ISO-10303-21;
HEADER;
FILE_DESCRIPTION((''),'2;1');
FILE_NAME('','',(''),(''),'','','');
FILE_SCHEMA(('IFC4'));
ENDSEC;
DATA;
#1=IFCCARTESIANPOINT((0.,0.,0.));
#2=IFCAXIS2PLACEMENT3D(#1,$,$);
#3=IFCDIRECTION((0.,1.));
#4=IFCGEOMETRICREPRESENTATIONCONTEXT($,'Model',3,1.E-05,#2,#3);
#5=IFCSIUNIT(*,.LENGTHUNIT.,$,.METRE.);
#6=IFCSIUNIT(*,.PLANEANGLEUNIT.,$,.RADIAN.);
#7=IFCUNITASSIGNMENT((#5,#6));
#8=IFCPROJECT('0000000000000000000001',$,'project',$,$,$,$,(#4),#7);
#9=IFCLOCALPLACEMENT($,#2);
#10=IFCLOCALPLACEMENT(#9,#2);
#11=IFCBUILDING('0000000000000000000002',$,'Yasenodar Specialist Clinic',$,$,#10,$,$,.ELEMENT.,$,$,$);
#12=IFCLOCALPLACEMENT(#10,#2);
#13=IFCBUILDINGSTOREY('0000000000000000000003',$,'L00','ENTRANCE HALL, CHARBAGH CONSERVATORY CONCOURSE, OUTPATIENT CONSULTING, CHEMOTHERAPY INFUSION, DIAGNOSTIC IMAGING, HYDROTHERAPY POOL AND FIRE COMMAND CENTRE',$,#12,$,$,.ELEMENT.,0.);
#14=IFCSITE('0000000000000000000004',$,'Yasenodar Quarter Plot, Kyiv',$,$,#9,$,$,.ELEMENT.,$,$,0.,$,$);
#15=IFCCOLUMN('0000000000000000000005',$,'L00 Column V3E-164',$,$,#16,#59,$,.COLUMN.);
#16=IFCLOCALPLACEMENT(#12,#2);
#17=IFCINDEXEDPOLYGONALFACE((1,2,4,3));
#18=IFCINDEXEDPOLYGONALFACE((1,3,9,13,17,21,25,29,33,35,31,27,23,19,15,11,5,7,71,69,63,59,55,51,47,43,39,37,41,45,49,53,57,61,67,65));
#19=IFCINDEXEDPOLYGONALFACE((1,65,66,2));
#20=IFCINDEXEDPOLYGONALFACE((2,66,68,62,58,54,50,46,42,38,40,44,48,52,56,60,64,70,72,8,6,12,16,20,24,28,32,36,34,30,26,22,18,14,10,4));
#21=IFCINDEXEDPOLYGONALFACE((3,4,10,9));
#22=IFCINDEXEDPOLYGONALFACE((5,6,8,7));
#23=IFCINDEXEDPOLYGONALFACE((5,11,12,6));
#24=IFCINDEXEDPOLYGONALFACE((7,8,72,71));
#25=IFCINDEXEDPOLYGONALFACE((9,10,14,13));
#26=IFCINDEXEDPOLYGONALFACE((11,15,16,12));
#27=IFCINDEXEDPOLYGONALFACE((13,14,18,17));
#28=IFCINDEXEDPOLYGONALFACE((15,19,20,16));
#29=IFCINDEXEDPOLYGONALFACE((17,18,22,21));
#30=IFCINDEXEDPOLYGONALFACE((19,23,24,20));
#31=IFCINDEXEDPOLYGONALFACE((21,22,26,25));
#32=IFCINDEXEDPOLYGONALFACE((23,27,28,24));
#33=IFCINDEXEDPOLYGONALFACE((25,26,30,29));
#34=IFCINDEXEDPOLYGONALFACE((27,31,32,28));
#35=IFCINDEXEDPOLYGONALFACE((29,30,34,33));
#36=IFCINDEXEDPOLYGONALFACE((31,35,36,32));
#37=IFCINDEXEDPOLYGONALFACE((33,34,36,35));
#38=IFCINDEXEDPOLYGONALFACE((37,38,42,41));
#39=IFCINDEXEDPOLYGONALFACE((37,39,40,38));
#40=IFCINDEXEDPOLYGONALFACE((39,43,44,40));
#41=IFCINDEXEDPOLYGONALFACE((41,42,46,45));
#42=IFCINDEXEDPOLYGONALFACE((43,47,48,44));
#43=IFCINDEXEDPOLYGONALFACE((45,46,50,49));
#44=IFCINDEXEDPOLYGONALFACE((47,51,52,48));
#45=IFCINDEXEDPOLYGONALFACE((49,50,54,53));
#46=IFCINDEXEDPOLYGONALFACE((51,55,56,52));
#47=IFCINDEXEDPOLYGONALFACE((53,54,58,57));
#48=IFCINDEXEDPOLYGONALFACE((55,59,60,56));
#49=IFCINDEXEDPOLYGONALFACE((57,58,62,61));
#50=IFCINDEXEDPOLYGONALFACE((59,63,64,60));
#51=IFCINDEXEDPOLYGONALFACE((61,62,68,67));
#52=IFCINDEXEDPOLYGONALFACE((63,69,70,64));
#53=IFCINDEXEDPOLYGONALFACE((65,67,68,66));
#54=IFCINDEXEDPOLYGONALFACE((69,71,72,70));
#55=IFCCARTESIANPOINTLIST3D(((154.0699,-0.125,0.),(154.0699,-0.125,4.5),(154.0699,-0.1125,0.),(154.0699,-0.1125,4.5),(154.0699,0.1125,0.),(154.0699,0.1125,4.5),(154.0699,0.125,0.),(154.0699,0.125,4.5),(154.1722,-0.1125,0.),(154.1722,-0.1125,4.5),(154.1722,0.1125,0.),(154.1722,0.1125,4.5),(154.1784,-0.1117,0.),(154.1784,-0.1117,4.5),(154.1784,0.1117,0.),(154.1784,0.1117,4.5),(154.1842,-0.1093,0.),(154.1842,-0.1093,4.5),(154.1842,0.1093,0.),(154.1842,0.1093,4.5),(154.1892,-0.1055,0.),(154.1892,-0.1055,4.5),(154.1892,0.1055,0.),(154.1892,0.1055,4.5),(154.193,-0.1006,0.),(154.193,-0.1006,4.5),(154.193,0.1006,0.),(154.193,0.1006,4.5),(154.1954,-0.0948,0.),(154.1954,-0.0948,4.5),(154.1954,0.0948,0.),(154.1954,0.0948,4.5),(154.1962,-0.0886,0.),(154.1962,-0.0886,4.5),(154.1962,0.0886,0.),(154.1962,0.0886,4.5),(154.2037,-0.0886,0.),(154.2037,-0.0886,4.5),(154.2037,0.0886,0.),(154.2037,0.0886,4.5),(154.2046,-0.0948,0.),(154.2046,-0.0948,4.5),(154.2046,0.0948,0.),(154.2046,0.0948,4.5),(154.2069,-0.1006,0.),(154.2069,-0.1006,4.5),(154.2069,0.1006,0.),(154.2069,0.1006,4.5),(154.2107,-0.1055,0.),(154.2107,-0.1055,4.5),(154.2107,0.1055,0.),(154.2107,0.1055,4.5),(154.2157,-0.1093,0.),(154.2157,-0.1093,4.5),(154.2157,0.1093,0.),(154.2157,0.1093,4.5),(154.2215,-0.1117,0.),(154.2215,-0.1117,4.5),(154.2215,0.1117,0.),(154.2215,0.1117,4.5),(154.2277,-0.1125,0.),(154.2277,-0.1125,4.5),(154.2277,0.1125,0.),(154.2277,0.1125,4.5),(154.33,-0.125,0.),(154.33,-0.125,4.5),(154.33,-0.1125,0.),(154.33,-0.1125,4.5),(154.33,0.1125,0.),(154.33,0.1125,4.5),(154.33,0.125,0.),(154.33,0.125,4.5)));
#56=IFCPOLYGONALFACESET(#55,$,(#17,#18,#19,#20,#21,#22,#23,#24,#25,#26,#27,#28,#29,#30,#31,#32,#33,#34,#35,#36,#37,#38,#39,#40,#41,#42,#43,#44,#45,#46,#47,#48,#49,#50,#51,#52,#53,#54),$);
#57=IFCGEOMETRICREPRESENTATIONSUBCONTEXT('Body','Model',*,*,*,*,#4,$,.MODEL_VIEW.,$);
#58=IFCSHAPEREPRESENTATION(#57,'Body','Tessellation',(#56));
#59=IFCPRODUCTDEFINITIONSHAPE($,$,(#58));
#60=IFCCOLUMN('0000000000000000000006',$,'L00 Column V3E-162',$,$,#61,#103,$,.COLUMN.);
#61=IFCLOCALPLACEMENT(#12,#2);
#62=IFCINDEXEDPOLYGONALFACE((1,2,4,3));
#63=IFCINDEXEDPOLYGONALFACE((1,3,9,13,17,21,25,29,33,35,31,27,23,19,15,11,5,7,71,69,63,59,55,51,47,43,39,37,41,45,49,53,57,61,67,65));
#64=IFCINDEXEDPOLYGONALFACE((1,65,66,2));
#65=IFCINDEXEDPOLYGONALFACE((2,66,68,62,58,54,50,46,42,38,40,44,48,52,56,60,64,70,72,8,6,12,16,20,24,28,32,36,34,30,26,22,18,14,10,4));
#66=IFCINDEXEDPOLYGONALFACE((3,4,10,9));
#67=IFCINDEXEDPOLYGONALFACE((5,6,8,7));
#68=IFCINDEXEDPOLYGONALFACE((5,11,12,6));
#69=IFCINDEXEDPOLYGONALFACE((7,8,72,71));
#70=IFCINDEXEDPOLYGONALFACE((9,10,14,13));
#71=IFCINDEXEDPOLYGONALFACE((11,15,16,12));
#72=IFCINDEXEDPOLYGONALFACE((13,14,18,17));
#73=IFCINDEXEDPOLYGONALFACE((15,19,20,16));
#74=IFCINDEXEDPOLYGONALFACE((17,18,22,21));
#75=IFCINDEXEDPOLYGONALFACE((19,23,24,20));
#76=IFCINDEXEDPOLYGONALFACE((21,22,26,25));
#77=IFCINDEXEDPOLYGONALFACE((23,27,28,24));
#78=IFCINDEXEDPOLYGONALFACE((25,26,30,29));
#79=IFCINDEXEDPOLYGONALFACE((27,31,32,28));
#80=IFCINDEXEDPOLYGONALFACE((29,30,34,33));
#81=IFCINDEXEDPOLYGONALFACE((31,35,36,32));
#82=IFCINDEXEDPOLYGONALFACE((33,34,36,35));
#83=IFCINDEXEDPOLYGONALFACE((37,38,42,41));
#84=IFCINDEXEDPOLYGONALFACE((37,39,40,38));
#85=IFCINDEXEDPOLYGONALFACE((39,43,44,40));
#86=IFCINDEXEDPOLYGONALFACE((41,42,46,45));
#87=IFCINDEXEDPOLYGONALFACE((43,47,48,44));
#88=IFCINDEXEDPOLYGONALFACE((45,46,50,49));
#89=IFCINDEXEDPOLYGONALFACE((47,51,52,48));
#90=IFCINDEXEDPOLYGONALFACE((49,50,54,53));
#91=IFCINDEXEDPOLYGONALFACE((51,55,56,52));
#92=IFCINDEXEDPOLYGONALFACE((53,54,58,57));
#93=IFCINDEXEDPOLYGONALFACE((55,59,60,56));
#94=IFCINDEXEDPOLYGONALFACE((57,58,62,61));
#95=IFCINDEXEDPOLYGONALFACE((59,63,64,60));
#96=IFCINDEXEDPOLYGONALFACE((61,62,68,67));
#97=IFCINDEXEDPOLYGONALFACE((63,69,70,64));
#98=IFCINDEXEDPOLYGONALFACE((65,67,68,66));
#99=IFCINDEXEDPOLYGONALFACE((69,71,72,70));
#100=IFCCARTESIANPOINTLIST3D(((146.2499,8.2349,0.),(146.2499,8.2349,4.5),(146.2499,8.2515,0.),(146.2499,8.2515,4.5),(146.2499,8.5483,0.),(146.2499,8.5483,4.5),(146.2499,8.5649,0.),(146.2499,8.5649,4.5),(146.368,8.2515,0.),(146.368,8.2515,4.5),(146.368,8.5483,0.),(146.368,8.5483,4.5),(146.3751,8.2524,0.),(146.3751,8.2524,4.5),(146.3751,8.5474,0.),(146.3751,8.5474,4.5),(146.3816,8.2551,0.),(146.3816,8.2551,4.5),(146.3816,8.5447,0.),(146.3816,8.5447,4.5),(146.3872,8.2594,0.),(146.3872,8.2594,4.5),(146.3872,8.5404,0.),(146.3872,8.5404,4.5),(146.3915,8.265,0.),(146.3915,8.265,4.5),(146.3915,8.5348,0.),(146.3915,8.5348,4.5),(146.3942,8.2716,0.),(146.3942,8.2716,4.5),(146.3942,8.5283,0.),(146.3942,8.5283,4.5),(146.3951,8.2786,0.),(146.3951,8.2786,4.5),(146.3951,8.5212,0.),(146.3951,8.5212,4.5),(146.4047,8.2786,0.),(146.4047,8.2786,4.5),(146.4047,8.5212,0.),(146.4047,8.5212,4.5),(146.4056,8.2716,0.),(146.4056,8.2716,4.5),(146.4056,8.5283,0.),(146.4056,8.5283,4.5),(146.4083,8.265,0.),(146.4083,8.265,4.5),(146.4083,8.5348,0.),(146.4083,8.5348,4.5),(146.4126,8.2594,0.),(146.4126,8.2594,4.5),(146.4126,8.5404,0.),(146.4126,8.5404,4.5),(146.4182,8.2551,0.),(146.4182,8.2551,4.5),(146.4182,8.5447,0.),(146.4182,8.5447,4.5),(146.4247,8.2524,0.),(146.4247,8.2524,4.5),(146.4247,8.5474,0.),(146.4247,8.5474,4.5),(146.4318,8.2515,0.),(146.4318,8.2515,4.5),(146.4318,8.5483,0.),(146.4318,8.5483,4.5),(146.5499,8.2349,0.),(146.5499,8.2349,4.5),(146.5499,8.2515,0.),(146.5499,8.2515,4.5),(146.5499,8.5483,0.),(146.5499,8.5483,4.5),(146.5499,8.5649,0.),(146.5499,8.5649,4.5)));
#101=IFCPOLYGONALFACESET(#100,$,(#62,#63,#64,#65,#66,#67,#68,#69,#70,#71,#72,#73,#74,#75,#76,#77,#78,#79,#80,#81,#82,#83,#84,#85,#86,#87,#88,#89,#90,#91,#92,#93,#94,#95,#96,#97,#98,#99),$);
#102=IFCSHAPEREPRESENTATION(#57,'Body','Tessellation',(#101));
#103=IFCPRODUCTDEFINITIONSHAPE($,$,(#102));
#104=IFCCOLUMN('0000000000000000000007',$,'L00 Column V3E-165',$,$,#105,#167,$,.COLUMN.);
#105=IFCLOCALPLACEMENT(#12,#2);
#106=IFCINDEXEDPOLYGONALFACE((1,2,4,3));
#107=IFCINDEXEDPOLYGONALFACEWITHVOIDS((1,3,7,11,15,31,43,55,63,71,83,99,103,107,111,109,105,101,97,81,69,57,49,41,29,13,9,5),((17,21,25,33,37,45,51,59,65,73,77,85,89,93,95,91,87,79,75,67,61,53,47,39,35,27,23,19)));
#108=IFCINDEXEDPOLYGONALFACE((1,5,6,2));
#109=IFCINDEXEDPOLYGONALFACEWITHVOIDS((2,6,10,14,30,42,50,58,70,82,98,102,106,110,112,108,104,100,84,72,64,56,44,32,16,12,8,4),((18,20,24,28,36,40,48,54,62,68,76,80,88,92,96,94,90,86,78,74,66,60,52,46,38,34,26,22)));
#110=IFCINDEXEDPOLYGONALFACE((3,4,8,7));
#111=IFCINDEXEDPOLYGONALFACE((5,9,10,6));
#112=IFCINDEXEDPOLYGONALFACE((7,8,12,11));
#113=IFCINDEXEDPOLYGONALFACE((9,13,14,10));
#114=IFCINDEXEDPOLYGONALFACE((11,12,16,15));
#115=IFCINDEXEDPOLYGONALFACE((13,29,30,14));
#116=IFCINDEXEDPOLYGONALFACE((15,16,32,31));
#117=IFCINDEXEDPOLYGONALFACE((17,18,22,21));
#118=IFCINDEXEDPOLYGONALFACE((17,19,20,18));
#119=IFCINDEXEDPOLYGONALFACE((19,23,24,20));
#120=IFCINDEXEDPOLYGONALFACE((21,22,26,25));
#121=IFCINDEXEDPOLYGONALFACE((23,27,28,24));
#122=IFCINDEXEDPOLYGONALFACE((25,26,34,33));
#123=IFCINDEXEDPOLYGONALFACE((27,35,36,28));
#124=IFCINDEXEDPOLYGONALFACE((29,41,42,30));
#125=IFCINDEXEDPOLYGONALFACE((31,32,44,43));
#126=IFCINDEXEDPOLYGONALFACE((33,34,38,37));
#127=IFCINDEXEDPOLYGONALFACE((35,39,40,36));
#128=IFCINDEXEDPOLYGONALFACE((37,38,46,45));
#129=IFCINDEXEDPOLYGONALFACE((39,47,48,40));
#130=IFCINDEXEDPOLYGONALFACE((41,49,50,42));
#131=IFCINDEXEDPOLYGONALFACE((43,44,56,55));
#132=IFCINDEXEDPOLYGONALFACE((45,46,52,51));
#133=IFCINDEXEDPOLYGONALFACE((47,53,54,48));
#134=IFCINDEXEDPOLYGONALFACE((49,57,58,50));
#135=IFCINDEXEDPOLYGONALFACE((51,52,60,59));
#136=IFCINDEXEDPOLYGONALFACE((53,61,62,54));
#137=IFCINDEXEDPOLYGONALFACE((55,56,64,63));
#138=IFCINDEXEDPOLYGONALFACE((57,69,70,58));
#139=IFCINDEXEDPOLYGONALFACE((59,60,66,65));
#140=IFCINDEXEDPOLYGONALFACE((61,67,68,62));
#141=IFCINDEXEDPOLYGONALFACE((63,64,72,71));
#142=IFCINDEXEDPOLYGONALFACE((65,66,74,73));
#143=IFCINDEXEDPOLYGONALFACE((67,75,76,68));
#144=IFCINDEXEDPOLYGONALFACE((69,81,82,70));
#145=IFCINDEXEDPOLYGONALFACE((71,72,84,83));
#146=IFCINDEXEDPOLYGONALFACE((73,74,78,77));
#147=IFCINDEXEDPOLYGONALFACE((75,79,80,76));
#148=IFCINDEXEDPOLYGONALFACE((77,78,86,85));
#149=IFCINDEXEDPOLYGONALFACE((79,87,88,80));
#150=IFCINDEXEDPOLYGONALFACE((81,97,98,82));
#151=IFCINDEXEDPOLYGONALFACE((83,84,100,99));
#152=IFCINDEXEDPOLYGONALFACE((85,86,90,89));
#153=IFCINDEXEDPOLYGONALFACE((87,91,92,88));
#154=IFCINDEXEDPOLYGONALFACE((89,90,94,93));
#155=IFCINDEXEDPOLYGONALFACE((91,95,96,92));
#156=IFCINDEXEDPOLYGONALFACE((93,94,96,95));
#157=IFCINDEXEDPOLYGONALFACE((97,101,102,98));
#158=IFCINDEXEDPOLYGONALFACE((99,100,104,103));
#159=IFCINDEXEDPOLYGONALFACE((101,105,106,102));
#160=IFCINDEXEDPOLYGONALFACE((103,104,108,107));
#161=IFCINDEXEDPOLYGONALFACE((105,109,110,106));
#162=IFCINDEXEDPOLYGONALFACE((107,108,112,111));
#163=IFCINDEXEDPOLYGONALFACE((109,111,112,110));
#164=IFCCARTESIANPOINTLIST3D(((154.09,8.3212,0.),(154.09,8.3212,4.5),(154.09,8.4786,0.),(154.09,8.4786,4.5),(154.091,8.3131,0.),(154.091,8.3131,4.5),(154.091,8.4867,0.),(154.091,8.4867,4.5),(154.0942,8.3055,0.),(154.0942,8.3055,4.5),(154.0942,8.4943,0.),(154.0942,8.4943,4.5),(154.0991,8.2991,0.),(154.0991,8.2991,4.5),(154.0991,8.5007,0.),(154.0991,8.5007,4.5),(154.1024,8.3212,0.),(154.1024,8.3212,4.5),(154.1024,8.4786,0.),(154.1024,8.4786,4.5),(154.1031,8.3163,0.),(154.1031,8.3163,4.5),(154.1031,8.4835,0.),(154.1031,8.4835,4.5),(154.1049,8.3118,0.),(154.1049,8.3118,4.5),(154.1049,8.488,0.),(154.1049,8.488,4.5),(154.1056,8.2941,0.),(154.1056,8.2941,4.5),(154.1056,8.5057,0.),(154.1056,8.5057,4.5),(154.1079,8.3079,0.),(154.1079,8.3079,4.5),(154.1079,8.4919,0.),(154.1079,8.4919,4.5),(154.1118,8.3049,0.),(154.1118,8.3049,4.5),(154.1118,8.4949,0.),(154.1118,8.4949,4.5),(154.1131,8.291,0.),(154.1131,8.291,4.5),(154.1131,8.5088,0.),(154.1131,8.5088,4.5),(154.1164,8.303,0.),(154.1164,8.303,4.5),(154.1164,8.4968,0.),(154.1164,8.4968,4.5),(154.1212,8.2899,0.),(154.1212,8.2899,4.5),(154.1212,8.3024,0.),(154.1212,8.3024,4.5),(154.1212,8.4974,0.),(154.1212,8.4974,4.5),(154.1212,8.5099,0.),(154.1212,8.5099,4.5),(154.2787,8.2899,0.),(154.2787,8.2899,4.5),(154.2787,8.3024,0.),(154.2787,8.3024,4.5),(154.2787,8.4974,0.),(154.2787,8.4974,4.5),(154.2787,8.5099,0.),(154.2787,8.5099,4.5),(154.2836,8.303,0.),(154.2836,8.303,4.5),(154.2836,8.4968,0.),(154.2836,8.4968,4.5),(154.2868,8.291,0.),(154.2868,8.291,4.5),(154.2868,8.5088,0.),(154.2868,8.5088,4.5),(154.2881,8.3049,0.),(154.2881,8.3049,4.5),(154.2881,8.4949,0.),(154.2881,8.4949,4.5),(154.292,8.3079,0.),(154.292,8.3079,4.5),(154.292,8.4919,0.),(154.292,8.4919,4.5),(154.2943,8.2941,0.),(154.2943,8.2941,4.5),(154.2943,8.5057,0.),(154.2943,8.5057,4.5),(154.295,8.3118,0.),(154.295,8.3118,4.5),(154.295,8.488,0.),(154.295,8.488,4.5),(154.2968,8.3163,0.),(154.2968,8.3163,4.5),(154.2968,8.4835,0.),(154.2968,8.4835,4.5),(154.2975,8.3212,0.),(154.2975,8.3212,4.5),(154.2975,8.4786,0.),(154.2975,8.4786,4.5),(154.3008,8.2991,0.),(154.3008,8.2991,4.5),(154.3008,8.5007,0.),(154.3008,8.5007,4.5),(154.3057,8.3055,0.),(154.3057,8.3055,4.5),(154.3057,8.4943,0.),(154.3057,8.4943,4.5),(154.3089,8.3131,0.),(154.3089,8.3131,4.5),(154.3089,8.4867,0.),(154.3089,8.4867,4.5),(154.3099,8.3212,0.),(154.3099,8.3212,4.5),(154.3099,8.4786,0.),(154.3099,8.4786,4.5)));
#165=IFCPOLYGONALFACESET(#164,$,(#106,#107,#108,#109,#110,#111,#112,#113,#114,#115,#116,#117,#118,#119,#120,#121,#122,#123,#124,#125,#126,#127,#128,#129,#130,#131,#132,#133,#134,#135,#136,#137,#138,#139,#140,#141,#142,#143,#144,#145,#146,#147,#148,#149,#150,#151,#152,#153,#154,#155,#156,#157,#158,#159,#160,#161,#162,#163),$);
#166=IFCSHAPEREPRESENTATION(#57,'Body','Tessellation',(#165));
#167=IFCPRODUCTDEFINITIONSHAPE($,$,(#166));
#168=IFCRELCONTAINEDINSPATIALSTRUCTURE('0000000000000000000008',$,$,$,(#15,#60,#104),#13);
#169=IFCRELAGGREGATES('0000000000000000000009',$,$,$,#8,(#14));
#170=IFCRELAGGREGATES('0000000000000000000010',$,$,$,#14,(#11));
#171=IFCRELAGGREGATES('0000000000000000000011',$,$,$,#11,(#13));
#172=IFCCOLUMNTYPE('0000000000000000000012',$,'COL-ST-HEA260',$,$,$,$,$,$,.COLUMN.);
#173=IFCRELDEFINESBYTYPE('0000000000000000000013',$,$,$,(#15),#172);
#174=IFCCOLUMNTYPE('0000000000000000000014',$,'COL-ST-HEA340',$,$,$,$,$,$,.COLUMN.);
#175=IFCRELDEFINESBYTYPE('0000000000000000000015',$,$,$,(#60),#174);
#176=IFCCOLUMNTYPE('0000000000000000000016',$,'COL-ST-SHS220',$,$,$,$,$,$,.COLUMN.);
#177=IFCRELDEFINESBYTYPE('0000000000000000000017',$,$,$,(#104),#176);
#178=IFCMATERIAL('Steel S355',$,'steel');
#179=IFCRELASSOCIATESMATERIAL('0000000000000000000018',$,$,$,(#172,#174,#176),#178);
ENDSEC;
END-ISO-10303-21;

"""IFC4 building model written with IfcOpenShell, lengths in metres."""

from ifc_helpers import new_model, si_unit, direction, frame, origin, origin_2d, place, context, subcontext, project, spatial, hollow_rectangle, i_section, extrude, material, material_profile, profile_set, type_object, element, save


model = new_model("IFC4")

# Units and contexts
model_context = context("Model", 3, precision=1e-05, world=origin(), true_north=direction((0.0, 1.0)))
body_context = subcontext(model_context, "Body", "Model", "MODEL_VIEW")
ifc_project = project(units=[si_unit("LENGTHUNIT", "METRE"), si_unit("PLANEANGLEUNIT", "RADIAN")], contexts=[model_context])

# Site, building, storey
site_placement = place(None, origin())
site = spatial("IfcSite", under=ifc_project, at=site_placement, Name="Yasenodar Quarter Plot, Kyiv", CompositionType="ELEMENT", RefElevation=0.0)
building_placement = place(site_placement, origin())
building = spatial("IfcBuilding", under=site, at=building_placement, Name="Yasenodar Specialist Clinic", CompositionType="ELEMENT")
storey_placement = place(building_placement, origin())
storey = spatial("IfcBuildingStorey", under=building, at=storey_placement, Name="L00", Description="ENTRANCE HALL, CHARBAGH CONSERVATORY CONCOURSE, OUTPATIENT CONSULTING, CHEMOTHERAPY INFUSION, DIAGNOSTIC IMAGING, HYDROTHERAPY POOL AND FIRE COMMAND CENTRE", CompositionType="ELEMENT", Elevation=0.0)

# Columns
ifc_material_1 = material(Name="Steel S355", Category="steel")
ifc_material_profile_1 = material_profile(ifc_material_1, i_section(OverallWidth=0.26, OverallDepth=0.25, WebThickness=0.0076, FlangeThickness=0.0125, FilletRadius=0.0239, at=origin_2d()), Name="HEA 260")
ifc_profile_set_1 = profile_set([ifc_material_profile_1], Name="Steel S355")
column_type_1 = type_object("IfcColumnType", Name="COL-ST-HEA260", PredefinedType="COLUMN", material=ifc_profile_set_1)
column_1_placement = place(storey_placement, frame((154.2, 0.0, 0.0), z_axis=(0.0, 0.0, 1.0), x_axis=(1.0, 0.0, 0.0)))
element("IfcColumn", 1, at=column_1_placement, inside=storey, type_object=column_type_1, Name="L00 Column V3E-164", PredefinedType="COLUMN", context=body_context, shape_type="SweptSolid", body=[
    extrude(i_section(OverallWidth=0.26, OverallDepth=0.25, WebThickness=0.0076, FlangeThickness=0.0125, FilletRadius=0.0239, at=origin_2d()), origin(), (0.0, 0.0, 1.0), 4.5),
])
ifc_material_profile_2 = material_profile(ifc_material_1, i_section(OverallWidth=0.3, OverallDepth=0.3301, WebThickness=0.0095, FlangeThickness=0.0166, FilletRadius=0.0271, at=origin_2d()), Name="HEA 340")
ifc_profile_set_2 = profile_set([ifc_material_profile_2], Name="Steel S355")
column_type_2 = type_object("IfcColumnType", Name="COL-ST-HEA340", PredefinedType="COLUMN", material=ifc_profile_set_2)
column_2_placement = place(storey_placement, frame((146.3999, 8.3999, 0.0), z_axis=(0.0, 0.0, 1.0), x_axis=(1.0, 0.0, 0.0)))
element("IfcColumn", 2, at=column_2_placement, inside=storey, type_object=column_type_2, Name="L00 Column V3E-162", PredefinedType="COLUMN", context=body_context, shape_type="SweptSolid", body=[
    extrude(i_section(OverallWidth=0.3, OverallDepth=0.3301, WebThickness=0.0095, FlangeThickness=0.0166, FilletRadius=0.0271, at=origin_2d()), origin(), (0.0, 0.0, 1.0), 4.5),
])
ifc_material_profile_3 = material_profile(ifc_material_1, hollow_rectangle(XDim=0.22, YDim=0.22, WallThickness=0.0125, InnerFilletRadius=0.0188, OuterFilletRadius=0.0312, at=origin_2d()), Name="SHS 220x220x12.5")
ifc_profile_set_3 = profile_set([ifc_material_profile_3], Name="Steel S355")
column_type_3 = type_object("IfcColumnType", Name="COL-ST-SHS220", PredefinedType="COLUMN", material=ifc_profile_set_3)
column_3_placement = place(storey_placement, frame((154.2, 8.3999, 0.0), z_axis=(0.0, 0.0, 1.0), x_axis=(1.0, 0.0, 0.0)))
element("IfcColumn", 3, at=column_3_placement, inside=storey, type_object=column_type_3, Name="L00 Column V3E-165", PredefinedType="COLUMN", context=body_context, shape_type="SweptSolid", body=[
    extrude(hollow_rectangle(XDim=0.22, YDim=0.22, WallThickness=0.0125, InnerFilletRadius=0.0188, OuterFilletRadius=0.0312, at=origin_2d()), origin(), (0.0, 0.0, 1.0), 4.5),
])

save(model, "model.ifc")
